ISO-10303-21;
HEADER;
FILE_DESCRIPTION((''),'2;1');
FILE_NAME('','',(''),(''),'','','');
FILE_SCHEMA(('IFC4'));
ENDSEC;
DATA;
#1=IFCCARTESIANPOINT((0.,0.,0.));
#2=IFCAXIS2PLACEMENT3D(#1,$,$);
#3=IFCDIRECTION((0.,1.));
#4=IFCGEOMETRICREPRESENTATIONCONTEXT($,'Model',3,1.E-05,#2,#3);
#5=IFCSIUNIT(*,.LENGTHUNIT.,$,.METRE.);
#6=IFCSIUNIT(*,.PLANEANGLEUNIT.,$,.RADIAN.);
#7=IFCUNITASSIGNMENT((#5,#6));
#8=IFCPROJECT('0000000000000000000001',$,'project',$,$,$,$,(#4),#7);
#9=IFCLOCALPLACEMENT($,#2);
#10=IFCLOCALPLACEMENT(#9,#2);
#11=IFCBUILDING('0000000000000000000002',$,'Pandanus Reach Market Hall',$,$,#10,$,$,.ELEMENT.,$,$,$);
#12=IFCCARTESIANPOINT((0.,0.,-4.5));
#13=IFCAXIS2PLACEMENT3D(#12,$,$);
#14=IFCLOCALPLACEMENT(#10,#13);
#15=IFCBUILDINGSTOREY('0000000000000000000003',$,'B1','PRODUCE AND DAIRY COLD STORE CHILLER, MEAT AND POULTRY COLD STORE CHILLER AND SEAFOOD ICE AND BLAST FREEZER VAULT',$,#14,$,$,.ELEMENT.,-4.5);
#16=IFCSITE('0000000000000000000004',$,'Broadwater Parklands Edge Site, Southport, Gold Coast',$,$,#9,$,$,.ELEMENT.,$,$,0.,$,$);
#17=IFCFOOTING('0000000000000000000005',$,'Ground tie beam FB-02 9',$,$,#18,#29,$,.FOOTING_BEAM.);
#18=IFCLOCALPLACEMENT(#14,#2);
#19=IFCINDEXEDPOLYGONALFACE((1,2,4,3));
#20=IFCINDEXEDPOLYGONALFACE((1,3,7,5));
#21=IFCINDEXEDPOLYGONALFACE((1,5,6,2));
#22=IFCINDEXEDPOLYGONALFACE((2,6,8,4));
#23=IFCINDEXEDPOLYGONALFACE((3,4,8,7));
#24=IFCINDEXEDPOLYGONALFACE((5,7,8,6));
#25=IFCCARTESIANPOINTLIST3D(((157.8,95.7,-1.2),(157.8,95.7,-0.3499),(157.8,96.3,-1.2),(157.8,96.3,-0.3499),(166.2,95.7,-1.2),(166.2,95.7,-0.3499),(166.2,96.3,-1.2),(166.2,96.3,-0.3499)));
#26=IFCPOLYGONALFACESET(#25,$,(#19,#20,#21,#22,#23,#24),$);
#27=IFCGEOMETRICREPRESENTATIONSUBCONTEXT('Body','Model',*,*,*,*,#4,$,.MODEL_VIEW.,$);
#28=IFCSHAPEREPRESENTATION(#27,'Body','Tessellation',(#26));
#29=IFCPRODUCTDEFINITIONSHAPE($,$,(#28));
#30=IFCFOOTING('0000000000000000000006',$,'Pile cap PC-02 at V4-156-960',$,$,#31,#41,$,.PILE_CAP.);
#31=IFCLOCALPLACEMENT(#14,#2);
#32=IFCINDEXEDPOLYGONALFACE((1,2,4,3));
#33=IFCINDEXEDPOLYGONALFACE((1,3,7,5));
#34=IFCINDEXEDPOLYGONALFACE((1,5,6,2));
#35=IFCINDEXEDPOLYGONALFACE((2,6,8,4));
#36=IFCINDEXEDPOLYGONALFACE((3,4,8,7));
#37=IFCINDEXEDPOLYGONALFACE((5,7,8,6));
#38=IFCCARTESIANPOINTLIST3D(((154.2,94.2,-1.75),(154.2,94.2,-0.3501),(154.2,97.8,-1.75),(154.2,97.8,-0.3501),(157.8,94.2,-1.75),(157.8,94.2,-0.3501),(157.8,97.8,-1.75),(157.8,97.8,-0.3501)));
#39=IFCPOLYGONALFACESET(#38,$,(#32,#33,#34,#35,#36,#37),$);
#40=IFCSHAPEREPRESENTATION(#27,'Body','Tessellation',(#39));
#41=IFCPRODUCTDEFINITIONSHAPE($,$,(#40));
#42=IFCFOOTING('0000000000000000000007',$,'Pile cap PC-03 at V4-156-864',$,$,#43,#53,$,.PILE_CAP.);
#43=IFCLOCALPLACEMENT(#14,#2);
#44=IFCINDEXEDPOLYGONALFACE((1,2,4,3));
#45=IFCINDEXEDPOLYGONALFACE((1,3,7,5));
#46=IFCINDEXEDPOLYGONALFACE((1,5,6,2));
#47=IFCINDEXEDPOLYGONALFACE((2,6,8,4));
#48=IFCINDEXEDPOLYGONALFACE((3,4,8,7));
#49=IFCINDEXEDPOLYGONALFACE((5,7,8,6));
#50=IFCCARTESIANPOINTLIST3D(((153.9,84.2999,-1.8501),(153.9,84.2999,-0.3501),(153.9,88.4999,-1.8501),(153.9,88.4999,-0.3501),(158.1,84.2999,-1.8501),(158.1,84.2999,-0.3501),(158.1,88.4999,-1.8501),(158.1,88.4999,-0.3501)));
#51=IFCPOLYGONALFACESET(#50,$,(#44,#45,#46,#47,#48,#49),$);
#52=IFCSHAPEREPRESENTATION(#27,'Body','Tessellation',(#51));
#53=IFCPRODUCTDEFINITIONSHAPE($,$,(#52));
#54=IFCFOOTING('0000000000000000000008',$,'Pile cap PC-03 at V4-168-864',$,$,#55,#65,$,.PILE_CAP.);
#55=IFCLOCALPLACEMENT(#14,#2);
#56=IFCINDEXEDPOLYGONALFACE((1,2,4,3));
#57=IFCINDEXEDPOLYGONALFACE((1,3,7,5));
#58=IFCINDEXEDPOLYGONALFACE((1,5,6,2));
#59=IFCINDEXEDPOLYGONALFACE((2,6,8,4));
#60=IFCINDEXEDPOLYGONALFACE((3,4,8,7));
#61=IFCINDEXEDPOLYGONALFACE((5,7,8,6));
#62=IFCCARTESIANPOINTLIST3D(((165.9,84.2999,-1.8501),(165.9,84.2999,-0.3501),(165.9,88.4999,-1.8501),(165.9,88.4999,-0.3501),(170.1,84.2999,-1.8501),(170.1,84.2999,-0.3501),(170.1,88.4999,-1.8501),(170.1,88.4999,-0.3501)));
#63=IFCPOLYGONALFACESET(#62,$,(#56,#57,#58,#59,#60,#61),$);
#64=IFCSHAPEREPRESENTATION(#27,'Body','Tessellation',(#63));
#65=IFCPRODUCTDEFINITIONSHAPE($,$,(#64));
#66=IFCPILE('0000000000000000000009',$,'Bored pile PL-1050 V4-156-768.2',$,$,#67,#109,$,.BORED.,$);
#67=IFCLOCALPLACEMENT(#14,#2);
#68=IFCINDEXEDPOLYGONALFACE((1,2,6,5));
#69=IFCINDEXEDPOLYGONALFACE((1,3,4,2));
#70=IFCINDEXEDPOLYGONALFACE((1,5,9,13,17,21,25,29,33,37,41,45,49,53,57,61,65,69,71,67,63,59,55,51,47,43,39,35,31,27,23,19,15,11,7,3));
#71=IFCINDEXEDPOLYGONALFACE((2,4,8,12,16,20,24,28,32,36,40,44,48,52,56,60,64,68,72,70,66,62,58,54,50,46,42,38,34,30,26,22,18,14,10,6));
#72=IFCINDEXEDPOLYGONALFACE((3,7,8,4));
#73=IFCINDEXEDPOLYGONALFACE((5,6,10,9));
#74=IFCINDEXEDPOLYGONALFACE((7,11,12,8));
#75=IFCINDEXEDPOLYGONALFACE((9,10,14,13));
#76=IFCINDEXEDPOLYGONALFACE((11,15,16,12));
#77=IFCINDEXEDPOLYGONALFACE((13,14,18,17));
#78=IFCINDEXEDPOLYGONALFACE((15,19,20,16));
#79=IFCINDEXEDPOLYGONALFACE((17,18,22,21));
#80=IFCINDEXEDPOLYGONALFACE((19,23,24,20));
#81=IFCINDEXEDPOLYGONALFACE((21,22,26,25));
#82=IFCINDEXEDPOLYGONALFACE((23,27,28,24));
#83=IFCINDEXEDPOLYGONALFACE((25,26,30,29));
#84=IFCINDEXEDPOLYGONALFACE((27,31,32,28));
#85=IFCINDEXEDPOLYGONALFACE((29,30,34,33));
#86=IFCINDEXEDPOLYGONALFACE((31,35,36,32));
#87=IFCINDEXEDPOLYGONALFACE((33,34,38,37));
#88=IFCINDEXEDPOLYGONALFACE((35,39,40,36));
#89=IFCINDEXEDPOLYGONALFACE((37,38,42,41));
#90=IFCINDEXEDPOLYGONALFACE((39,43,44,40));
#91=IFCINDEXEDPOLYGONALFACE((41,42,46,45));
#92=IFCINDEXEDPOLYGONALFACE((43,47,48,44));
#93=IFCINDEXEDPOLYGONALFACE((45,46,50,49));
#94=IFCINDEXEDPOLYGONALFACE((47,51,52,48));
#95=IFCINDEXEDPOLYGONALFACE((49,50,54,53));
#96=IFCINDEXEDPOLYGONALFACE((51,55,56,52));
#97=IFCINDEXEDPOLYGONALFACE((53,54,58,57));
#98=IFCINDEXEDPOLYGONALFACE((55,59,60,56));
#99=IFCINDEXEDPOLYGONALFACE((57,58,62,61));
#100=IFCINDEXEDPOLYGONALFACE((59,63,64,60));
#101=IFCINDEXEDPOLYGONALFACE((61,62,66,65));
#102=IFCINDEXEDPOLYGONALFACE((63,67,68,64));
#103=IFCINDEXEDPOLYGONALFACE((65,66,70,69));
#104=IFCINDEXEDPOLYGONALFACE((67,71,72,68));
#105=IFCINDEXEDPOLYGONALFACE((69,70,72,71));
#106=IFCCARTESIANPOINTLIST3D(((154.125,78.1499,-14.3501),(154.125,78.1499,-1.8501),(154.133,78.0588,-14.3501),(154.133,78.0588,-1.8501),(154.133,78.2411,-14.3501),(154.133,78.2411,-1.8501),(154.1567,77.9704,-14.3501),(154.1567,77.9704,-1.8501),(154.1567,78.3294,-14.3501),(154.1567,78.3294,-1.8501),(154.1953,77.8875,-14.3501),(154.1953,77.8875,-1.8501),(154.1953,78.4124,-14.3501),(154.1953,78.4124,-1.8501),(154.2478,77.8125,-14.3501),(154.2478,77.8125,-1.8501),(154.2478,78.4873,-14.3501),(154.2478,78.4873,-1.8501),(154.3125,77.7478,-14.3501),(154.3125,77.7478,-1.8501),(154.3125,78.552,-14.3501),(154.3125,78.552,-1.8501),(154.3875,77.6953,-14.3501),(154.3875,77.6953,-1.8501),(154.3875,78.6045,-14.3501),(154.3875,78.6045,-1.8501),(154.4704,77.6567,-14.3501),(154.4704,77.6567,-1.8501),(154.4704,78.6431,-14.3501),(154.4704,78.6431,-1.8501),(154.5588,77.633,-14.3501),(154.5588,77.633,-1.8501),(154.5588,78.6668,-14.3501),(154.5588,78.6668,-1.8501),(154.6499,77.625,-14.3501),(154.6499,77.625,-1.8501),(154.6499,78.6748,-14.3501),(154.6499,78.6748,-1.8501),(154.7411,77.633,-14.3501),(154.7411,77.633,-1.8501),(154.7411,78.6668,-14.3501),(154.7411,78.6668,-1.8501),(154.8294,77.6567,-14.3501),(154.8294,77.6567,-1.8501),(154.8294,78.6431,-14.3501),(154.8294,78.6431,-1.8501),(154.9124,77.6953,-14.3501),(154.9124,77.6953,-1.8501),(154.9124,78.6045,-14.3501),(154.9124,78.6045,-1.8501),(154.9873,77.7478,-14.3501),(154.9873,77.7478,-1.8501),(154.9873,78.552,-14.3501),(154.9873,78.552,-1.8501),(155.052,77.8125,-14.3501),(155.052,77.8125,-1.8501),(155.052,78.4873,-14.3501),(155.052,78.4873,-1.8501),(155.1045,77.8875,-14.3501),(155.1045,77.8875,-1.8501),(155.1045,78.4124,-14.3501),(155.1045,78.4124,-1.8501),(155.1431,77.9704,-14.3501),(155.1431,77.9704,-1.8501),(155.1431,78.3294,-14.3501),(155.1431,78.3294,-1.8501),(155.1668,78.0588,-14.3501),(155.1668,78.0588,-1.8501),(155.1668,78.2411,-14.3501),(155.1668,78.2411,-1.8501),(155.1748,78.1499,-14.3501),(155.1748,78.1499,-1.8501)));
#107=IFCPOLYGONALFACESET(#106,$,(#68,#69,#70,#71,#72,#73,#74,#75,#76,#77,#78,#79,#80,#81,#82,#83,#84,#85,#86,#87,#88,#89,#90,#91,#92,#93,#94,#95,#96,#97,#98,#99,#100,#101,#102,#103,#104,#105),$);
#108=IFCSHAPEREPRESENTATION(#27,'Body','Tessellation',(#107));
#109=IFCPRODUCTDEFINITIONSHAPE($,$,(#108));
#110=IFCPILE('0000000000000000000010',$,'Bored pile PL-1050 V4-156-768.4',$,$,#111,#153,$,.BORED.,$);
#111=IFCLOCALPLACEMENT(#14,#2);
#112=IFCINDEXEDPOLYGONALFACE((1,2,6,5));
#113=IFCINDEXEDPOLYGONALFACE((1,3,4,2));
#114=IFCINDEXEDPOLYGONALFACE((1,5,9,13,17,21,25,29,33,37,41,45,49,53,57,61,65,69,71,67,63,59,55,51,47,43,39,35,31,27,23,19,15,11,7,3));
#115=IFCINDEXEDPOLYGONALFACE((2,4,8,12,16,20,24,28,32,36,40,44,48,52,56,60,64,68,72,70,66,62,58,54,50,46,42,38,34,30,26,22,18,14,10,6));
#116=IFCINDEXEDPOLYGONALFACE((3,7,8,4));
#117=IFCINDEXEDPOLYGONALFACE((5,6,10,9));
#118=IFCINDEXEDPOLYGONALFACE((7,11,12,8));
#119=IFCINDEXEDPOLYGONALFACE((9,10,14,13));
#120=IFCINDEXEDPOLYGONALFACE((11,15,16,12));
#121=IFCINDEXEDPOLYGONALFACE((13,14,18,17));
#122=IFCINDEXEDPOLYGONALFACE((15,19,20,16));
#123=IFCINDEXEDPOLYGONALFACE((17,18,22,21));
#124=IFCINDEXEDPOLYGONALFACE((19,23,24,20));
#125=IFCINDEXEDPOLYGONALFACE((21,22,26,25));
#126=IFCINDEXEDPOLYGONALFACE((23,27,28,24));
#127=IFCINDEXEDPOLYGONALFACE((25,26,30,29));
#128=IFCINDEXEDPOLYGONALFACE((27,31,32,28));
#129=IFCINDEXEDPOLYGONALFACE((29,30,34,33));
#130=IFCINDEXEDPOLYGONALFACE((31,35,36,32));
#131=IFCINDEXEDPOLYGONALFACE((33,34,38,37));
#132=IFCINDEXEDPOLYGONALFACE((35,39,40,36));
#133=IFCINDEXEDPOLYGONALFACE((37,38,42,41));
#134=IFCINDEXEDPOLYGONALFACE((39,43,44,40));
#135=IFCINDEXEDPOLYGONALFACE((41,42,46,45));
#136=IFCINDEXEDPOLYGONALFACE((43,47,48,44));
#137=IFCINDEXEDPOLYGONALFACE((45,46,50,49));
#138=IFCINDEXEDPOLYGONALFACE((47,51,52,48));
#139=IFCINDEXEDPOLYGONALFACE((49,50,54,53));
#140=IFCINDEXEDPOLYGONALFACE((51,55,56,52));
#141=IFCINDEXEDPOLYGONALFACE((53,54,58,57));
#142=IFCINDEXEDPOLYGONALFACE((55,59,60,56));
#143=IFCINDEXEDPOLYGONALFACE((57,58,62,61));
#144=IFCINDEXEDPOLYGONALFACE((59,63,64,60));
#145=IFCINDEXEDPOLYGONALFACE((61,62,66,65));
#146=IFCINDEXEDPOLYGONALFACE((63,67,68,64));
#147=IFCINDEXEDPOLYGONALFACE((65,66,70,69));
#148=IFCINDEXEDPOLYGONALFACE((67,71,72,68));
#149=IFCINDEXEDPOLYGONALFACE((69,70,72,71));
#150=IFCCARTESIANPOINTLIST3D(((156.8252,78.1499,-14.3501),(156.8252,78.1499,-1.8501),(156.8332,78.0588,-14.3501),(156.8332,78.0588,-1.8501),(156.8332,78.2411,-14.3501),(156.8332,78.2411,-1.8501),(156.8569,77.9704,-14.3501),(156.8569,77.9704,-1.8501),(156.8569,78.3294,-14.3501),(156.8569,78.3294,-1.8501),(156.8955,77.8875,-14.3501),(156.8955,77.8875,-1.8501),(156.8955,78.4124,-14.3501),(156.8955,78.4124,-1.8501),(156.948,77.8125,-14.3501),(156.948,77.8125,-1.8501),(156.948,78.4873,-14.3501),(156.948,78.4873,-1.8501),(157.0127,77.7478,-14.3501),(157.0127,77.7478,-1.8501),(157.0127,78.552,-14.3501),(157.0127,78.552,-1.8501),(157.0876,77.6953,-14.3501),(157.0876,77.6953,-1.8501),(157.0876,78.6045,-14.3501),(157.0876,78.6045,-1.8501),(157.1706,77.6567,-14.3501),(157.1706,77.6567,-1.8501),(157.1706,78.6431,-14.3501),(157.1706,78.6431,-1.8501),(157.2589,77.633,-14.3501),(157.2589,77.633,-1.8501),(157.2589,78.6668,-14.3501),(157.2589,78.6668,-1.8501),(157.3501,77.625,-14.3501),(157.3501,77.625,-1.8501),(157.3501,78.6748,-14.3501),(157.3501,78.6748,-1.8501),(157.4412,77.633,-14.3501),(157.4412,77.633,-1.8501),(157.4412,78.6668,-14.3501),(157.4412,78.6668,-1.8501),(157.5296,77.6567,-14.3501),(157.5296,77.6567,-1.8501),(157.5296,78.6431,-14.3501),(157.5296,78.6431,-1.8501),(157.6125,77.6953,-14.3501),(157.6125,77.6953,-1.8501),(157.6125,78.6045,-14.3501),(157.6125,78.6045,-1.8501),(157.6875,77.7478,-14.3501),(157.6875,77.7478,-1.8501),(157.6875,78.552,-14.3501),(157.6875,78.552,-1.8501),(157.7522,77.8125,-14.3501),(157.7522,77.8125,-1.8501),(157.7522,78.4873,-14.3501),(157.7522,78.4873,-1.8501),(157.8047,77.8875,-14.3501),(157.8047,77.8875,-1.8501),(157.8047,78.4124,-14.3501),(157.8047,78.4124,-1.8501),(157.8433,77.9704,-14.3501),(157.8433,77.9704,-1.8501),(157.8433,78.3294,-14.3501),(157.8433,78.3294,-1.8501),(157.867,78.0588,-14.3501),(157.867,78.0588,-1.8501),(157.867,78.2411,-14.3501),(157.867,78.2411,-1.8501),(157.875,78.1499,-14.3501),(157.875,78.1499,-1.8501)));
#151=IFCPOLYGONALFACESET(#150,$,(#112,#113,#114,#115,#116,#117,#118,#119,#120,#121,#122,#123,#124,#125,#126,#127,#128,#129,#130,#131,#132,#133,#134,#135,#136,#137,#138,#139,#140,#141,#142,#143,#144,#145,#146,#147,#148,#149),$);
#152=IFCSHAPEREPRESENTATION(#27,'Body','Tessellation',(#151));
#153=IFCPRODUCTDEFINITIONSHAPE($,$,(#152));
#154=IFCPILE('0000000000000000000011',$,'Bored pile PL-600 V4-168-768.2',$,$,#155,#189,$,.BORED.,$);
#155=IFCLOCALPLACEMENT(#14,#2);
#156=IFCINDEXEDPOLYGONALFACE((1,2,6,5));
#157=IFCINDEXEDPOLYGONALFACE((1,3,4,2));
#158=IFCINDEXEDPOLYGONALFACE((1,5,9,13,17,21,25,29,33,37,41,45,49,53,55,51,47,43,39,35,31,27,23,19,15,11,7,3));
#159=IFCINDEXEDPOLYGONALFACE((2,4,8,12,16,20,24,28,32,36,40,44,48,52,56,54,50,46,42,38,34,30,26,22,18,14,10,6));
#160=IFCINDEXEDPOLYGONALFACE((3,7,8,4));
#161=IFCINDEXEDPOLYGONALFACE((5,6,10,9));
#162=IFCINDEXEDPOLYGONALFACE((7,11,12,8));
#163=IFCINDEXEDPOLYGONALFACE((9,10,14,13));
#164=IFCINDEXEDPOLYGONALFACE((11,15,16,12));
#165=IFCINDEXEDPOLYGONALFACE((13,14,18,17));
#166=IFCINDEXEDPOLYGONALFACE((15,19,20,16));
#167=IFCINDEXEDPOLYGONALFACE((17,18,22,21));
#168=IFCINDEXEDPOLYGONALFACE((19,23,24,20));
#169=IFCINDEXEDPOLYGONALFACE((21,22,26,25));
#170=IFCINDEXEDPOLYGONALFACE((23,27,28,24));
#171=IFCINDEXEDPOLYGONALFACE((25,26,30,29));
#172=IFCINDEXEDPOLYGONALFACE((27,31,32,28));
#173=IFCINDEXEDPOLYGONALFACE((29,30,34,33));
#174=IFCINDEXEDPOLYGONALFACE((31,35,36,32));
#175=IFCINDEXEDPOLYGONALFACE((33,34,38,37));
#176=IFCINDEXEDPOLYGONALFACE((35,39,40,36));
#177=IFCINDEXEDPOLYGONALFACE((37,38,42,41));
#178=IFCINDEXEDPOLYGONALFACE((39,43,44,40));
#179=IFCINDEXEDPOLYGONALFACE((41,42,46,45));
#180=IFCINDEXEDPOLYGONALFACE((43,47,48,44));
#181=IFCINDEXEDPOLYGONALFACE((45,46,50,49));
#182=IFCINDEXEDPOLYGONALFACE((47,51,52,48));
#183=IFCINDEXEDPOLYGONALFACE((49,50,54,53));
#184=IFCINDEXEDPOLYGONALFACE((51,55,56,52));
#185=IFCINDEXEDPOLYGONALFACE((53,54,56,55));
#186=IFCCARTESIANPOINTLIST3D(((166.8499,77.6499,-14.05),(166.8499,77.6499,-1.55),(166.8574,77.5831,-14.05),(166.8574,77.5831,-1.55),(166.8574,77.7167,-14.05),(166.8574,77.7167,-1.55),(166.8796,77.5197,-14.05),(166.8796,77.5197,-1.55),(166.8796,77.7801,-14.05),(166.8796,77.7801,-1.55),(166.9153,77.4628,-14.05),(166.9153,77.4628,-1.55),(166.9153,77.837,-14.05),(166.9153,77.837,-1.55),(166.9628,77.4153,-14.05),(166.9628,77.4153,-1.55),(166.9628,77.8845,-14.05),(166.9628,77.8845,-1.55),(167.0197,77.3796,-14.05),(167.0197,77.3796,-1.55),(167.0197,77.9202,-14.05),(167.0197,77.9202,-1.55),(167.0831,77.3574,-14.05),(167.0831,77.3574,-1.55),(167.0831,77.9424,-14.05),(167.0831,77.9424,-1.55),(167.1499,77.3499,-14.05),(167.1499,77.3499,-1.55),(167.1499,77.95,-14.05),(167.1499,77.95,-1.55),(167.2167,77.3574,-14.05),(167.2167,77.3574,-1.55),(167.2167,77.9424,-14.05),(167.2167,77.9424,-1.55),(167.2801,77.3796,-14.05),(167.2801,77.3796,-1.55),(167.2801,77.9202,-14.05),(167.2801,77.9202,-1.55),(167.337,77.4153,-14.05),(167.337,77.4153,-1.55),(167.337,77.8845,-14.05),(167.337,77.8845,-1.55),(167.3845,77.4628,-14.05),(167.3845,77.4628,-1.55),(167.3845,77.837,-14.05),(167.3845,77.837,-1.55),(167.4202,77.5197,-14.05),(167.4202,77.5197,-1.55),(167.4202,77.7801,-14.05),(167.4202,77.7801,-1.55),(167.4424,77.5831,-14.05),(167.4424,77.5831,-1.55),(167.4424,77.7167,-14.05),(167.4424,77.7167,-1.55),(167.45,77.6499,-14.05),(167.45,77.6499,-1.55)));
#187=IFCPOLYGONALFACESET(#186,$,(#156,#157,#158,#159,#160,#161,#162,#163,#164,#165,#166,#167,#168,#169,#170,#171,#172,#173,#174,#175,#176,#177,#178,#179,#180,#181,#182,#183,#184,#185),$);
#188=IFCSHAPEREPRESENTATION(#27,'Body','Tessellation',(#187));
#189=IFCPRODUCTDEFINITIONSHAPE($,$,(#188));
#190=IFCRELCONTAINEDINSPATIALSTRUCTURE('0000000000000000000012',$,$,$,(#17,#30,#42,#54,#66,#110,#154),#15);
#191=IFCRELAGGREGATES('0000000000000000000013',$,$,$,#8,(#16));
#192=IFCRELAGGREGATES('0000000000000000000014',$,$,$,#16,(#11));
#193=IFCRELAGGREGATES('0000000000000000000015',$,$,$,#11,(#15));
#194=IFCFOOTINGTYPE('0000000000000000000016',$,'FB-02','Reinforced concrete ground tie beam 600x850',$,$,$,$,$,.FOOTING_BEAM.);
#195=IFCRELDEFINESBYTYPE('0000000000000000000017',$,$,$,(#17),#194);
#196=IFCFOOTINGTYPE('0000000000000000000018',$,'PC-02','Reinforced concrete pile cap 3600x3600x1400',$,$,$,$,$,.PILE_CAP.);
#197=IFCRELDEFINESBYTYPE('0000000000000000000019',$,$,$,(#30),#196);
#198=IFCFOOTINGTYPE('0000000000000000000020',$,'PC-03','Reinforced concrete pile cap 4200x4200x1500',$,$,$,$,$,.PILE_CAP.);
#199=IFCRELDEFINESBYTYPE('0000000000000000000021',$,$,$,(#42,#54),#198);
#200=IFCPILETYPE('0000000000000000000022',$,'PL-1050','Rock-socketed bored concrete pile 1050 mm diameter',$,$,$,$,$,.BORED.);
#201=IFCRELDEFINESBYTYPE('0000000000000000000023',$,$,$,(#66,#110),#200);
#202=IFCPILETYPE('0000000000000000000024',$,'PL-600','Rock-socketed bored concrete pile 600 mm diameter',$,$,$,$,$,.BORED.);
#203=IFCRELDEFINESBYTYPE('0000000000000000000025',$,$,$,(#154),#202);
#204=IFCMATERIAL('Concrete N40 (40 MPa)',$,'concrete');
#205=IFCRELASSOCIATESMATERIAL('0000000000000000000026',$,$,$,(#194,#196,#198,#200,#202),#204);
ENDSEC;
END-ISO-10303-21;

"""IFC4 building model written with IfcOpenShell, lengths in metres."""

from ifc_helpers import new_model, si_unit, direction, frame, origin, origin_2d, place, context, subcontext, project, spatial, rectangle, circle, extrude, material, material_profile, profile_set, type_object, element, save


model = new_model("IFC4")

# Units and contexts
model_context = context("Model", 3, precision=1e-05, world=origin(), true_north=direction((0.0, 1.0)))
body_context = subcontext(model_context, "Body", "Model", "MODEL_VIEW")
ifc_project = project(units=[si_unit("LENGTHUNIT", "METRE"), si_unit("PLANEANGLEUNIT", "RADIAN")], contexts=[model_context])

# Site, building, storey
site_placement = place(None, origin())
site = spatial("IfcSite", under=ifc_project, at=site_placement, Name="Broadwater Parklands Edge Site, Southport, Gold Coast", CompositionType="ELEMENT", RefElevation=0.0)
building_placement = place(site_placement, origin())
building = spatial("IfcBuilding", under=site, at=building_placement, Name="Pandanus Reach Market Hall", CompositionType="ELEMENT")
storey_placement = place(building_placement, frame((0.0, 0.0, -4.5)))
storey = spatial("IfcBuildingStorey", under=building, at=storey_placement, Name="B1", Description="PRODUCE AND DAIRY COLD STORE CHILLER, MEAT AND POULTRY COLD STORE CHILLER AND SEAFOOD ICE AND BLAST FREEZER VAULT", CompositionType="ELEMENT", Elevation=-4.5)

# Footings
ifc_material_1 = material(Name="Concrete N40 (40 MPa)", Category="concrete")
footing_type_1 = type_object("IfcFootingType", Name="FB-02", Description="Reinforced concrete ground tie beam 600x850", PredefinedType="FOOTING_BEAM", material=ifc_material_1)
footing_1_placement = place(storey_placement, frame((162.0, 96.0, -1.2), z_axis=(0.0, 0.0, 1.0), x_axis=(1.0, 0.0, 0.0)))
element("IfcFooting", 1, at=footing_1_placement, inside=storey, type_object=footing_type_1, Name="Ground tie beam FB-02 9", PredefinedType="FOOTING_BEAM", context=body_context, shape_type="SweptSolid", body=[
    extrude(rectangle(XDim=8.3999, YDim=0.6001, at=origin_2d()), origin(), (0.0, 0.0, 1.0), 0.8501),
])
footing_type_2 = type_object("IfcFootingType", Name="PC-02", Description="Reinforced concrete pile cap 3600x3600x1400", PredefinedType="PILE_CAP", material=ifc_material_1)
footing_2_placement = place(storey_placement, frame((156.0, 96.0, -1.75), z_axis=(0.0, 0.0, 1.0), x_axis=(1.0, 0.0, 0.0)))
element("IfcFooting", 2, at=footing_2_placement, inside=storey, type_object=footing_type_2, Name="Pile cap PC-02 at V4-156-960", PredefinedType="PILE_CAP", context=body_context, shape_type="SweptSolid", body=[
    extrude(rectangle(XDim=3.6001, YDim=3.6001, at=origin_2d()), origin(), (0.0, 0.0, 1.0), 1.3999),
])
footing_type_3 = type_object("IfcFootingType", Name="PC-03", Description="Reinforced concrete pile cap 4200x4200x1500", PredefinedType="PILE_CAP", material=ifc_material_1)
for number, where, z_axis, x_axis, name in (
    (3, (156.0, 86.3999, -1.8501), (0.0, 0.0, 1.0), (1.0, 0.0, 0.0), "Pile cap PC-03 at V4-156-864"),
    (4, (168.0, 86.3999, -1.8501), (0.0, 0.0, 1.0), (1.0, 0.0, 0.0), "Pile cap PC-03 at V4-168-864"),
):
    element("IfcFooting", number, at=place(storey_placement, frame(where, z_axis=z_axis, x_axis=x_axis)), inside=storey, type_object=footing_type_3, Name=name, PredefinedType="PILE_CAP", context=body_context, shape_type="SweptSolid", body=[
        extrude(rectangle(XDim=4.2, YDim=4.2, at=origin_2d()), origin(), (0.0, 0.0, 1.0), 1.5),
    ])

# Piles
ifc_material_profile_1 = material_profile(ifc_material_1, circle(Radius=0.5249, at=origin_2d()), Name="PILE-1050D", Category="LoadBearing")
ifc_profile_set_1 = profile_set([ifc_material_profile_1], Name="Concrete N40 (40 MPa)")
pile_type_1 = type_object("IfcPileType", Name="PL-1050", Description="Rock-socketed bored concrete pile 1050 mm diameter", PredefinedType="BORED", material=ifc_profile_set_1)
for number, where, z_axis, x_axis, name in (
    (5, (154.6499, 78.1499, -1.8501), (0.0, 0.0, -1.0), (1.0, 0.0, 0.0), "Bored pile PL-1050 V4-156-768.2"),
    (6, (157.3501, 78.1499, -1.8501), (0.0, 0.0, -1.0), (1.0, 0.0, 0.0), "Bored pile PL-1050 V4-156-768.4"),
):
    element("IfcPile", number, at=place(storey_placement, frame(where, z_axis=z_axis, x_axis=x_axis)), inside=storey, type_object=pile_type_1, Name=name, PredefinedType="BORED", context=body_context, shape_type="SweptSolid", body=[
        extrude(circle(Radius=0.5249, at=origin_2d()), origin(), (0.0, 0.0, 1.0), 12.5),
    ])
ifc_material_profile_2 = material_profile(ifc_material_1, circle(Radius=0.3, at=origin_2d()), Name="PILE-600D", Category="LoadBearing")
ifc_profile_set_2 = profile_set([ifc_material_profile_2], Name="Concrete N40 (40 MPa)")
pile_type_2 = type_object("IfcPileType", Name="PL-600", Description="Rock-socketed bored concrete pile 600 mm diameter", PredefinedType="BORED", material=ifc_profile_set_2)
pile_placement = place(storey_placement, frame((167.1499, 77.6499, -1.55), z_axis=(0.0, 0.0, -1.0), x_axis=(1.0, 0.0, 0.0)))
element("IfcPile", 7, at=pile_placement, inside=storey, type_object=pile_type_2, Name="Bored pile PL-600 V4-168-768.2", PredefinedType="BORED", context=body_context, shape_type="SweptSolid", body=[
    extrude(circle(Radius=0.3, at=origin_2d()), origin(), (0.0, 0.0, 1.0), 12.5),
])

save(model, "model.ifc")
